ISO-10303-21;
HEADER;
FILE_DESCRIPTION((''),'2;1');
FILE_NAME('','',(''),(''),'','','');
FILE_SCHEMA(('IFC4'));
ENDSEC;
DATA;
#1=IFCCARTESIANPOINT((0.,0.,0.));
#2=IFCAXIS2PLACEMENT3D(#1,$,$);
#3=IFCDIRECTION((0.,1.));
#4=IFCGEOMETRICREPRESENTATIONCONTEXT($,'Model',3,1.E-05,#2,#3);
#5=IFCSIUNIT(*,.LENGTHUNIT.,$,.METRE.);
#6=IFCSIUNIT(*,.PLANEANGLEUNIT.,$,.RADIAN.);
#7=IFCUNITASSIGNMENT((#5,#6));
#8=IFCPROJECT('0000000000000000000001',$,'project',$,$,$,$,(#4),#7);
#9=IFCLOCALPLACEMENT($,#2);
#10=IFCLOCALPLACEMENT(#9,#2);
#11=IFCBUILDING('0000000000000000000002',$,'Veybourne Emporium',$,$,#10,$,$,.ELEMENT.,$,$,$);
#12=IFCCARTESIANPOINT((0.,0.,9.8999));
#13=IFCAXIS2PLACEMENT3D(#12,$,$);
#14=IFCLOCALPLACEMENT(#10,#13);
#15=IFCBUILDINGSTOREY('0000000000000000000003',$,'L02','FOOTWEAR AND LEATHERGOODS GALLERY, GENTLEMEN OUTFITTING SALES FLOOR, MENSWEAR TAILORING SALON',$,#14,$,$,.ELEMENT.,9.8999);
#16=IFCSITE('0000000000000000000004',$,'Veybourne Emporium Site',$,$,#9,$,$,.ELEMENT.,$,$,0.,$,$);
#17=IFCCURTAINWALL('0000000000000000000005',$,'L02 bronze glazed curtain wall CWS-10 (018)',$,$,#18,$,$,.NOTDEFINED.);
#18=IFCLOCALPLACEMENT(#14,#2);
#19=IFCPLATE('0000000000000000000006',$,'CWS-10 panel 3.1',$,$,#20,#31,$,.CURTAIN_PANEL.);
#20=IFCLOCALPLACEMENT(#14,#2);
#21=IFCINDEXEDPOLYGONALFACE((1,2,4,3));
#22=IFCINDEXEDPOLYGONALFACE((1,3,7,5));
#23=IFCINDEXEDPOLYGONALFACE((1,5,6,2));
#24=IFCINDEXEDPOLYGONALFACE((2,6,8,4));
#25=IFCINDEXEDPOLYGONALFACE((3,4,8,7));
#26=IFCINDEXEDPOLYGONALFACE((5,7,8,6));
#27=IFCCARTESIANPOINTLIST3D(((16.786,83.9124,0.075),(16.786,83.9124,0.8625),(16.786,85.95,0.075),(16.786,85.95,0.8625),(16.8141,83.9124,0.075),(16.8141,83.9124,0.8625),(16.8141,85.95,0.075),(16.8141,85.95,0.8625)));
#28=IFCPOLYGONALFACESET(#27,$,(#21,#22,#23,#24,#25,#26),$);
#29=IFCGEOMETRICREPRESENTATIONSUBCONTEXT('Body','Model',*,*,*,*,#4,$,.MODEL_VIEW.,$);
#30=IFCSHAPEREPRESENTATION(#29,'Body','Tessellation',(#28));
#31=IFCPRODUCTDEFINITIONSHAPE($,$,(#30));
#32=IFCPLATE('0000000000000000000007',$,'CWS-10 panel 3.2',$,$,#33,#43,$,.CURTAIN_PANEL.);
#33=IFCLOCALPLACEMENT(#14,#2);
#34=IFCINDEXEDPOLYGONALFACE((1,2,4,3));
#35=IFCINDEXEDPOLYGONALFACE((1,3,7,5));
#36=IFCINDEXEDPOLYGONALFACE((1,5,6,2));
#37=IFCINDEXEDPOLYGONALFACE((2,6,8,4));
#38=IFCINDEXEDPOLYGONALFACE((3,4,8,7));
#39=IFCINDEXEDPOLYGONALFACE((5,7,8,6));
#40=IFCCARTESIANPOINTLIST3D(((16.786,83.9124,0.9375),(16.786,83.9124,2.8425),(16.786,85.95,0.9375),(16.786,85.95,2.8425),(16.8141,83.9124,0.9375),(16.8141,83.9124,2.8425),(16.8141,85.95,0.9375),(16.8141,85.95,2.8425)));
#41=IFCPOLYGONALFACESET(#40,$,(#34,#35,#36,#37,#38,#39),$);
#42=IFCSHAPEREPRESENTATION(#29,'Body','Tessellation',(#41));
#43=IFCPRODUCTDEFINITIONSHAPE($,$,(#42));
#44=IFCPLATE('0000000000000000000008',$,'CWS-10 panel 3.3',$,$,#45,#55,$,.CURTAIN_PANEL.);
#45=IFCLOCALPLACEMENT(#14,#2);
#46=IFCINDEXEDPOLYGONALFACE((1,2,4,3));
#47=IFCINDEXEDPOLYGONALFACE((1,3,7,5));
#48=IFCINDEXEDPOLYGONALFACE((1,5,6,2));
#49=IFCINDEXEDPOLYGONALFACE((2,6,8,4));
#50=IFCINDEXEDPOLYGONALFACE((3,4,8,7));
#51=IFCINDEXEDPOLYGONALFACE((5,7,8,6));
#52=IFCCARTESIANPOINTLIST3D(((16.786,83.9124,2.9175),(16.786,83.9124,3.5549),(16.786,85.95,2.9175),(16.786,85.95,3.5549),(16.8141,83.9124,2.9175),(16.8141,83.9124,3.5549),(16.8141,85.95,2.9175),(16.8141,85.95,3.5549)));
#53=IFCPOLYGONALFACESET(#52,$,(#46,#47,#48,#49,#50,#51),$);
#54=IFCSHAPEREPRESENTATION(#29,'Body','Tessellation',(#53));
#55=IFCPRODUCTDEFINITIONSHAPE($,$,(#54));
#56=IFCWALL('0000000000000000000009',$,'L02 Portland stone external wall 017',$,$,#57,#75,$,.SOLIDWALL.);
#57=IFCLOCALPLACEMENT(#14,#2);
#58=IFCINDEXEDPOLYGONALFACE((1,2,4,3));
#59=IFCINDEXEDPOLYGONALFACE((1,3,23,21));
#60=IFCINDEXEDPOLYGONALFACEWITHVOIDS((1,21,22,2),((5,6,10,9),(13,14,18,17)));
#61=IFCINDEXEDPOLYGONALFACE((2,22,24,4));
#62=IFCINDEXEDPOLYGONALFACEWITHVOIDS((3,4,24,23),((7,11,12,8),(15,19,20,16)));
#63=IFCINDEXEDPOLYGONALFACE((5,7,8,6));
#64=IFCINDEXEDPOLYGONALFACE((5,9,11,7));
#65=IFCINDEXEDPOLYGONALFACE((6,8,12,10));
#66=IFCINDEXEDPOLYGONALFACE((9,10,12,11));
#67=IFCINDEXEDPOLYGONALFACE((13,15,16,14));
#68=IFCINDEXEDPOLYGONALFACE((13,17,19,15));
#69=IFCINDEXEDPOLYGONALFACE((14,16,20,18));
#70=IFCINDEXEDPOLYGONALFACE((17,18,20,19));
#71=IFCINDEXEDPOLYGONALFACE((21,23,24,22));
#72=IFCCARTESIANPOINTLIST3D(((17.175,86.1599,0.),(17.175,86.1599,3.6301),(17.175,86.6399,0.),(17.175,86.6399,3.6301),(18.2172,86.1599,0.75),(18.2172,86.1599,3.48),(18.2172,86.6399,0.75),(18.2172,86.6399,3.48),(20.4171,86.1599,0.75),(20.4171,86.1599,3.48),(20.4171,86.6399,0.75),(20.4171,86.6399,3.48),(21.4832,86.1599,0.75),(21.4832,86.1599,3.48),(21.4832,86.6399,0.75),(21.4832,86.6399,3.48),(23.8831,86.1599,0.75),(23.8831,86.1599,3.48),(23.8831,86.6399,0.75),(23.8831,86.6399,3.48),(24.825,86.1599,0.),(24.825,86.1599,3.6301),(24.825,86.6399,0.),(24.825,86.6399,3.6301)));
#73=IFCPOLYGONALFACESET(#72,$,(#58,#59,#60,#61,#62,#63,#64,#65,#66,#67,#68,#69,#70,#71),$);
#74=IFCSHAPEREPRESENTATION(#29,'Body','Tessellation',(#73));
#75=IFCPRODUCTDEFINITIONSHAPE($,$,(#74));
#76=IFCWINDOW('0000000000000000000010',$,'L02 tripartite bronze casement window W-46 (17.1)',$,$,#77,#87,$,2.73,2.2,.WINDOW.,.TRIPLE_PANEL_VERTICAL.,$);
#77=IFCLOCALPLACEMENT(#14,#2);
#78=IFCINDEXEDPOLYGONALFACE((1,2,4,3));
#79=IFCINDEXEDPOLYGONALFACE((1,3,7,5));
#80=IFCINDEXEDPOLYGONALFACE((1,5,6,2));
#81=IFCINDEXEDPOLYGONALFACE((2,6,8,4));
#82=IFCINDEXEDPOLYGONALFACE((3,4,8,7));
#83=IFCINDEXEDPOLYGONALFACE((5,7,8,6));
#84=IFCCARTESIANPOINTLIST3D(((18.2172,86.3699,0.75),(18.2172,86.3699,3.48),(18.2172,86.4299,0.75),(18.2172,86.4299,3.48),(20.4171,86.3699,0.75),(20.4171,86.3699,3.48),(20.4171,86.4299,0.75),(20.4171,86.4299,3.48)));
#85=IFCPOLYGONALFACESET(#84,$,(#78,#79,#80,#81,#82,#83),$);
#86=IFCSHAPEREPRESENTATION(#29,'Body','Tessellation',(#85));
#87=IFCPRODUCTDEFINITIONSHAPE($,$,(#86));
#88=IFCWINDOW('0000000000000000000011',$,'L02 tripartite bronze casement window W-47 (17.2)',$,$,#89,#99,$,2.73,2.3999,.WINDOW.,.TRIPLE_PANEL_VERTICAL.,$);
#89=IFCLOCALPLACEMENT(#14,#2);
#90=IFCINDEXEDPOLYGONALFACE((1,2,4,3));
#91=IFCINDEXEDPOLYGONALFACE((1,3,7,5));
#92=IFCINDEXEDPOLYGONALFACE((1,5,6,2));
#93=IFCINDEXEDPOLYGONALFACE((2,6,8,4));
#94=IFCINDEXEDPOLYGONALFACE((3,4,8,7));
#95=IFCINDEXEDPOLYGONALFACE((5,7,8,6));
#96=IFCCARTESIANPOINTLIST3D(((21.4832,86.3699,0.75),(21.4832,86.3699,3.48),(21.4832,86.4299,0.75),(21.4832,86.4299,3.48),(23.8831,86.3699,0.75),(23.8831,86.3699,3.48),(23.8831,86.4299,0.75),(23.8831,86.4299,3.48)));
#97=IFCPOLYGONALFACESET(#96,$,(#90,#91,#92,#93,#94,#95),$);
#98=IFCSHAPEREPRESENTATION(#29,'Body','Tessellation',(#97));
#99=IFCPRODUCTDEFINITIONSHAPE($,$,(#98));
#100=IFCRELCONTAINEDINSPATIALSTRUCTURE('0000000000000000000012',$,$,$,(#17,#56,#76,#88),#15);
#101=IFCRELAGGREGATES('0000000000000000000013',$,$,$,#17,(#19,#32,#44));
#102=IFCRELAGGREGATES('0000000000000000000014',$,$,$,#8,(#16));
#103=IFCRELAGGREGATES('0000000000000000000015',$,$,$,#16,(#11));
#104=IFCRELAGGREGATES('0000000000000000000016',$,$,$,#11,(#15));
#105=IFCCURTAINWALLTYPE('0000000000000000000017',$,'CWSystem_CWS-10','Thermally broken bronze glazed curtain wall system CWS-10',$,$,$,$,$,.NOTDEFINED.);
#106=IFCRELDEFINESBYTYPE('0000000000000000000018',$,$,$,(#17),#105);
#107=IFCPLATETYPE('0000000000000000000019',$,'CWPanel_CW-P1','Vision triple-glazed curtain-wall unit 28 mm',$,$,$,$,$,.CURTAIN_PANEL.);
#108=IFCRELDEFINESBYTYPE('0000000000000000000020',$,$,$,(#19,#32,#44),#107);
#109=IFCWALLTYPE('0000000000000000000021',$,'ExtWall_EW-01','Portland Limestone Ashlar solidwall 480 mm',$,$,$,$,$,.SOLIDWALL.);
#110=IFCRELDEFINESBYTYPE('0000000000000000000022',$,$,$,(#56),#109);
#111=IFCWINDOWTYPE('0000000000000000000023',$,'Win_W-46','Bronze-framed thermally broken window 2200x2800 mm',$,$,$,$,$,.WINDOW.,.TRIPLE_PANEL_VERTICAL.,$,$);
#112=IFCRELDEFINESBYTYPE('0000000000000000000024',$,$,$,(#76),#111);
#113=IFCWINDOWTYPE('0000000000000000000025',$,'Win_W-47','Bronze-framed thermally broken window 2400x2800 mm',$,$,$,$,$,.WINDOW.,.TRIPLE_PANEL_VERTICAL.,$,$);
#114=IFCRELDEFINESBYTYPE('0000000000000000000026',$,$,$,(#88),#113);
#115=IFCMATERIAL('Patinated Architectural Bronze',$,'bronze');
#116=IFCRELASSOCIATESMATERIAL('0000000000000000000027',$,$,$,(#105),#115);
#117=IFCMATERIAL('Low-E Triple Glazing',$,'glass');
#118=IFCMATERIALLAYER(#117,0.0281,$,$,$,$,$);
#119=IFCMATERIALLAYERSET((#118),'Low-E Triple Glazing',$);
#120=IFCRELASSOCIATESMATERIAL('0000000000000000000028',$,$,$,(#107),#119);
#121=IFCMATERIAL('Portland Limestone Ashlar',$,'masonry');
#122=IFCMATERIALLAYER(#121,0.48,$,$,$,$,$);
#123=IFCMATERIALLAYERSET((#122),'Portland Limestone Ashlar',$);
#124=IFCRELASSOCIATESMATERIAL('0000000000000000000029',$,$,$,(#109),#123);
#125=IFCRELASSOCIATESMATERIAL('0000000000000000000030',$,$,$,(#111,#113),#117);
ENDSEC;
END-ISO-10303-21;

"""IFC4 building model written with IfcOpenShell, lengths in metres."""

from ifc_helpers import new_model, si_unit, direction, frame, frame_2d, origin, origin_2d, place, context, subcontext, project, spatial, rectangle, extrude, material, layer, layer_set, type_object, element, fill, aggregate, save


model = new_model("IFC4")

# Units and contexts
model_context = context("Model", 3, precision=1e-05, world=origin(), true_north=direction((0.0, 1.0)))
body_context = subcontext(model_context, "Body", "Model", "MODEL_VIEW")
ifc_project = project(units=[si_unit("LENGTHUNIT", "METRE"), si_unit("PLANEANGLEUNIT", "RADIAN")], contexts=[model_context])

# Site, building, storey
site_placement = place(None, origin())
site = spatial("IfcSite", under=ifc_project, at=site_placement, Name="Veybourne Emporium Site", CompositionType="ELEMENT", RefElevation=0.0)
building_placement = place(site_placement, origin())
building = spatial("IfcBuilding", under=site, at=building_placement, Name="Veybourne Emporium", CompositionType="ELEMENT")
storey_placement = place(building_placement, frame((0.0, 0.0, 9.8999)))
storey = spatial("IfcBuildingStorey", under=building, at=storey_placement, Name="L02", Description="FOOTWEAR AND LEATHERGOODS GALLERY, GENTLEMEN OUTFITTING SALES FLOOR, MENSWEAR TAILORING SALON", CompositionType="ELEMENT", Elevation=9.8999)

# Curtain wall
ifc_material_1 = material(Name="Patinated Architectural Bronze", Category="bronze")
curtain_wall_type = type_object("IfcCurtainWallType", Name="CWSystem_CWS-10", Description="Thermally broken bronze glazed curtain wall system CWS-10", PredefinedType="NOTDEFINED", material=ifc_material_1)
curtain_wall_placement = place(storey_placement, origin())
curtain_wall = element("IfcCurtainWall", 1, at=curtain_wall_placement, inside=storey, type_object=curtain_wall_type, Name="L02 bronze glazed curtain wall CWS-10 (018)", PredefinedType="NOTDEFINED")

# Plates
ifc_material_2 = material(Name="Low-E Triple Glazing", Category="glass")
ifc_layer_1 = layer(ifc_material_2, 0.0281)
ifc_layer_set_1 = layer_set([ifc_layer_1], Name="Low-E Triple Glazing")
plate_type = type_object("IfcPlateType", Name="CWPanel_CW-P1", Description="Vision triple-glazed curtain-wall unit 28 mm", PredefinedType="CURTAIN_PANEL", material=ifc_layer_set_1)
plate_1_placement = place(storey_placement, frame((16.8, 84.9312, 0.075), z_axis=(0.0, 0.0, 1.0), x_axis=(0.0, 1.0, 0.0)))
plate_1 = element("IfcPlate", 2, at=plate_1_placement, type_object=plate_type, Name="CWS-10 panel 3.1", PredefinedType="CURTAIN_PANEL", context=body_context, shape_type="SweptSolid", body=[
    extrude(rectangle(XDim=2.0376, YDim=0.0281, at=origin_2d()), origin(), (0.0, 0.0, 1.0), 0.7876),
])
plate_2_placement = place(storey_placement, frame((16.8, 84.9312, 0.9375), z_axis=(0.0, 0.0, 1.0), x_axis=(0.0, 1.0, 0.0)))
plate_2 = element("IfcPlate", 3, at=plate_2_placement, type_object=plate_type, Name="CWS-10 panel 3.2", PredefinedType="CURTAIN_PANEL", context=body_context, shape_type="SweptSolid", body=[
    extrude(rectangle(XDim=2.0376, YDim=0.0281, at=origin_2d()), origin(), (0.0, 0.0, 1.0), 1.905),
])
plate_3_placement = place(storey_placement, frame((16.8, 84.9312, 2.9175), z_axis=(0.0, 0.0, 1.0), x_axis=(0.0, 1.0, 0.0)))
plate_3 = element("IfcPlate", 4, at=plate_3_placement, type_object=plate_type, Name="CWS-10 panel 3.3", PredefinedType="CURTAIN_PANEL", context=body_context, shape_type="SweptSolid", body=[
    extrude(rectangle(XDim=2.0376, YDim=0.0281, at=origin_2d()), origin(), (0.0, 0.0, 1.0), 0.6375),
])
aggregate(curtain_wall, [plate_1, plate_2, plate_3])

# Wall, openings, windows
ifc_material_3 = material(Name="Portland Limestone Ashlar", Category="masonry")
ifc_layer_2 = layer(ifc_material_3, 0.48)
ifc_layer_set_2 = layer_set([ifc_layer_2], Name="Portland Limestone Ashlar")
wall_type = type_object("IfcWallType", Name="ExtWall_EW-01", Description="Portland Limestone Ashlar solidwall 480 mm", PredefinedType="SOLIDWALL", material=ifc_layer_set_2)
wall_placement = place(storey_placement, frame((17.175, 86.3999, 0.0), z_axis=(0.0, 0.0, 1.0), x_axis=(1.0, 0.0, 0.0)))
wall = element("IfcWall", 5, at=wall_placement, inside=storey, type_object=wall_type, Name="L02 Portland stone external wall 017", PredefinedType="SOLIDWALL", context=body_context, shape_type="SweptSolid", body=[
    extrude(rectangle(XDim=7.6499, YDim=0.48, at=frame_2d((3.825, 0.0))), origin(), (0.0, 0.0, 1.0), 3.6301),
])
opening_1_placement = place(wall_placement, frame((1.042, 0.0, 0.75)))
opening_1 = element("IfcOpeningElement", 6, at=opening_1_placement, cuts=wall, PredefinedType="OPENING", context=body_context, shape_type="SweptSolid", body=[
    extrude(rectangle(XDim=2.2, YDim=2.73, at=frame_2d((1.1001, 1.365))), frame((0.0, 0.26, 0.0), z_axis=(0.0, -1.0, 0.0), x_axis=(1.0, 0.0, 0.0)), (0.0, 0.0, 1.0), 0.52),
])
opening_2_placement = place(wall_placement, frame((4.3081, 0.0, 0.75)))
opening_2 = element("IfcOpeningElement", 7, at=opening_2_placement, cuts=wall, PredefinedType="OPENING", context=body_context, shape_type="SweptSolid", body=[
    extrude(rectangle(XDim=2.3999, YDim=2.73, at=frame_2d((1.2, 1.365))), frame((0.0, 0.26, 0.0), z_axis=(0.0, -1.0, 0.0), x_axis=(1.0, 0.0, 0.0)), (0.0, 0.0, 1.0), 0.52),
])
window_type_1 = type_object("IfcWindowType", Name="Win_W-46", Description="Bronze-framed thermally broken window 2200x2800 mm", PartitioningType="TRIPLE_PANEL_VERTICAL", PredefinedType="WINDOW", material=ifc_material_2)
window_1_placement = place(opening_1_placement, origin())
window_1 = element("IfcWindow", 8, at=window_1_placement, inside=storey, type_object=window_type_1, Name="L02 tripartite bronze casement window W-46 (17.1)", OverallHeight=2.73, OverallWidth=2.2, PartitioningType="TRIPLE_PANEL_VERTICAL", PredefinedType="WINDOW", context=body_context, shape_type="SweptSolid", body=[
    extrude(rectangle(XDim=2.2, YDim=2.73, at=frame_2d((1.1001, 1.365))), frame((0.0, 0.03, 0.0), z_axis=(0.0, -1.0, 0.0), x_axis=(1.0, 0.0, 0.0)), (0.0, 0.0, 1.0), 0.0601),
])
fill(opening_1, window_1)
window_type_2 = type_object("IfcWindowType", Name="Win_W-47", Description="Bronze-framed thermally broken window 2400x2800 mm", PartitioningType="TRIPLE_PANEL_VERTICAL", PredefinedType="WINDOW", material=ifc_material_2)
window_2_placement = place(opening_2_placement, origin())
window_2 = element("IfcWindow", 9, at=window_2_placement, inside=storey, type_object=window_type_2, Name="L02 tripartite bronze casement window W-47 (17.2)", OverallHeight=2.73, OverallWidth=2.3999, PartitioningType="TRIPLE_PANEL_VERTICAL", PredefinedType="WINDOW", context=body_context, shape_type="SweptSolid", body=[
    extrude(rectangle(XDim=2.3999, YDim=2.73, at=frame_2d((1.2, 1.365))), frame((0.0, 0.03, 0.0), z_axis=(0.0, -1.0, 0.0), x_axis=(1.0, 0.0, 0.0)), (0.0, 0.0, 1.0), 0.0601),
])
fill(opening_2, window_2)

save(model, "model.ifc")
